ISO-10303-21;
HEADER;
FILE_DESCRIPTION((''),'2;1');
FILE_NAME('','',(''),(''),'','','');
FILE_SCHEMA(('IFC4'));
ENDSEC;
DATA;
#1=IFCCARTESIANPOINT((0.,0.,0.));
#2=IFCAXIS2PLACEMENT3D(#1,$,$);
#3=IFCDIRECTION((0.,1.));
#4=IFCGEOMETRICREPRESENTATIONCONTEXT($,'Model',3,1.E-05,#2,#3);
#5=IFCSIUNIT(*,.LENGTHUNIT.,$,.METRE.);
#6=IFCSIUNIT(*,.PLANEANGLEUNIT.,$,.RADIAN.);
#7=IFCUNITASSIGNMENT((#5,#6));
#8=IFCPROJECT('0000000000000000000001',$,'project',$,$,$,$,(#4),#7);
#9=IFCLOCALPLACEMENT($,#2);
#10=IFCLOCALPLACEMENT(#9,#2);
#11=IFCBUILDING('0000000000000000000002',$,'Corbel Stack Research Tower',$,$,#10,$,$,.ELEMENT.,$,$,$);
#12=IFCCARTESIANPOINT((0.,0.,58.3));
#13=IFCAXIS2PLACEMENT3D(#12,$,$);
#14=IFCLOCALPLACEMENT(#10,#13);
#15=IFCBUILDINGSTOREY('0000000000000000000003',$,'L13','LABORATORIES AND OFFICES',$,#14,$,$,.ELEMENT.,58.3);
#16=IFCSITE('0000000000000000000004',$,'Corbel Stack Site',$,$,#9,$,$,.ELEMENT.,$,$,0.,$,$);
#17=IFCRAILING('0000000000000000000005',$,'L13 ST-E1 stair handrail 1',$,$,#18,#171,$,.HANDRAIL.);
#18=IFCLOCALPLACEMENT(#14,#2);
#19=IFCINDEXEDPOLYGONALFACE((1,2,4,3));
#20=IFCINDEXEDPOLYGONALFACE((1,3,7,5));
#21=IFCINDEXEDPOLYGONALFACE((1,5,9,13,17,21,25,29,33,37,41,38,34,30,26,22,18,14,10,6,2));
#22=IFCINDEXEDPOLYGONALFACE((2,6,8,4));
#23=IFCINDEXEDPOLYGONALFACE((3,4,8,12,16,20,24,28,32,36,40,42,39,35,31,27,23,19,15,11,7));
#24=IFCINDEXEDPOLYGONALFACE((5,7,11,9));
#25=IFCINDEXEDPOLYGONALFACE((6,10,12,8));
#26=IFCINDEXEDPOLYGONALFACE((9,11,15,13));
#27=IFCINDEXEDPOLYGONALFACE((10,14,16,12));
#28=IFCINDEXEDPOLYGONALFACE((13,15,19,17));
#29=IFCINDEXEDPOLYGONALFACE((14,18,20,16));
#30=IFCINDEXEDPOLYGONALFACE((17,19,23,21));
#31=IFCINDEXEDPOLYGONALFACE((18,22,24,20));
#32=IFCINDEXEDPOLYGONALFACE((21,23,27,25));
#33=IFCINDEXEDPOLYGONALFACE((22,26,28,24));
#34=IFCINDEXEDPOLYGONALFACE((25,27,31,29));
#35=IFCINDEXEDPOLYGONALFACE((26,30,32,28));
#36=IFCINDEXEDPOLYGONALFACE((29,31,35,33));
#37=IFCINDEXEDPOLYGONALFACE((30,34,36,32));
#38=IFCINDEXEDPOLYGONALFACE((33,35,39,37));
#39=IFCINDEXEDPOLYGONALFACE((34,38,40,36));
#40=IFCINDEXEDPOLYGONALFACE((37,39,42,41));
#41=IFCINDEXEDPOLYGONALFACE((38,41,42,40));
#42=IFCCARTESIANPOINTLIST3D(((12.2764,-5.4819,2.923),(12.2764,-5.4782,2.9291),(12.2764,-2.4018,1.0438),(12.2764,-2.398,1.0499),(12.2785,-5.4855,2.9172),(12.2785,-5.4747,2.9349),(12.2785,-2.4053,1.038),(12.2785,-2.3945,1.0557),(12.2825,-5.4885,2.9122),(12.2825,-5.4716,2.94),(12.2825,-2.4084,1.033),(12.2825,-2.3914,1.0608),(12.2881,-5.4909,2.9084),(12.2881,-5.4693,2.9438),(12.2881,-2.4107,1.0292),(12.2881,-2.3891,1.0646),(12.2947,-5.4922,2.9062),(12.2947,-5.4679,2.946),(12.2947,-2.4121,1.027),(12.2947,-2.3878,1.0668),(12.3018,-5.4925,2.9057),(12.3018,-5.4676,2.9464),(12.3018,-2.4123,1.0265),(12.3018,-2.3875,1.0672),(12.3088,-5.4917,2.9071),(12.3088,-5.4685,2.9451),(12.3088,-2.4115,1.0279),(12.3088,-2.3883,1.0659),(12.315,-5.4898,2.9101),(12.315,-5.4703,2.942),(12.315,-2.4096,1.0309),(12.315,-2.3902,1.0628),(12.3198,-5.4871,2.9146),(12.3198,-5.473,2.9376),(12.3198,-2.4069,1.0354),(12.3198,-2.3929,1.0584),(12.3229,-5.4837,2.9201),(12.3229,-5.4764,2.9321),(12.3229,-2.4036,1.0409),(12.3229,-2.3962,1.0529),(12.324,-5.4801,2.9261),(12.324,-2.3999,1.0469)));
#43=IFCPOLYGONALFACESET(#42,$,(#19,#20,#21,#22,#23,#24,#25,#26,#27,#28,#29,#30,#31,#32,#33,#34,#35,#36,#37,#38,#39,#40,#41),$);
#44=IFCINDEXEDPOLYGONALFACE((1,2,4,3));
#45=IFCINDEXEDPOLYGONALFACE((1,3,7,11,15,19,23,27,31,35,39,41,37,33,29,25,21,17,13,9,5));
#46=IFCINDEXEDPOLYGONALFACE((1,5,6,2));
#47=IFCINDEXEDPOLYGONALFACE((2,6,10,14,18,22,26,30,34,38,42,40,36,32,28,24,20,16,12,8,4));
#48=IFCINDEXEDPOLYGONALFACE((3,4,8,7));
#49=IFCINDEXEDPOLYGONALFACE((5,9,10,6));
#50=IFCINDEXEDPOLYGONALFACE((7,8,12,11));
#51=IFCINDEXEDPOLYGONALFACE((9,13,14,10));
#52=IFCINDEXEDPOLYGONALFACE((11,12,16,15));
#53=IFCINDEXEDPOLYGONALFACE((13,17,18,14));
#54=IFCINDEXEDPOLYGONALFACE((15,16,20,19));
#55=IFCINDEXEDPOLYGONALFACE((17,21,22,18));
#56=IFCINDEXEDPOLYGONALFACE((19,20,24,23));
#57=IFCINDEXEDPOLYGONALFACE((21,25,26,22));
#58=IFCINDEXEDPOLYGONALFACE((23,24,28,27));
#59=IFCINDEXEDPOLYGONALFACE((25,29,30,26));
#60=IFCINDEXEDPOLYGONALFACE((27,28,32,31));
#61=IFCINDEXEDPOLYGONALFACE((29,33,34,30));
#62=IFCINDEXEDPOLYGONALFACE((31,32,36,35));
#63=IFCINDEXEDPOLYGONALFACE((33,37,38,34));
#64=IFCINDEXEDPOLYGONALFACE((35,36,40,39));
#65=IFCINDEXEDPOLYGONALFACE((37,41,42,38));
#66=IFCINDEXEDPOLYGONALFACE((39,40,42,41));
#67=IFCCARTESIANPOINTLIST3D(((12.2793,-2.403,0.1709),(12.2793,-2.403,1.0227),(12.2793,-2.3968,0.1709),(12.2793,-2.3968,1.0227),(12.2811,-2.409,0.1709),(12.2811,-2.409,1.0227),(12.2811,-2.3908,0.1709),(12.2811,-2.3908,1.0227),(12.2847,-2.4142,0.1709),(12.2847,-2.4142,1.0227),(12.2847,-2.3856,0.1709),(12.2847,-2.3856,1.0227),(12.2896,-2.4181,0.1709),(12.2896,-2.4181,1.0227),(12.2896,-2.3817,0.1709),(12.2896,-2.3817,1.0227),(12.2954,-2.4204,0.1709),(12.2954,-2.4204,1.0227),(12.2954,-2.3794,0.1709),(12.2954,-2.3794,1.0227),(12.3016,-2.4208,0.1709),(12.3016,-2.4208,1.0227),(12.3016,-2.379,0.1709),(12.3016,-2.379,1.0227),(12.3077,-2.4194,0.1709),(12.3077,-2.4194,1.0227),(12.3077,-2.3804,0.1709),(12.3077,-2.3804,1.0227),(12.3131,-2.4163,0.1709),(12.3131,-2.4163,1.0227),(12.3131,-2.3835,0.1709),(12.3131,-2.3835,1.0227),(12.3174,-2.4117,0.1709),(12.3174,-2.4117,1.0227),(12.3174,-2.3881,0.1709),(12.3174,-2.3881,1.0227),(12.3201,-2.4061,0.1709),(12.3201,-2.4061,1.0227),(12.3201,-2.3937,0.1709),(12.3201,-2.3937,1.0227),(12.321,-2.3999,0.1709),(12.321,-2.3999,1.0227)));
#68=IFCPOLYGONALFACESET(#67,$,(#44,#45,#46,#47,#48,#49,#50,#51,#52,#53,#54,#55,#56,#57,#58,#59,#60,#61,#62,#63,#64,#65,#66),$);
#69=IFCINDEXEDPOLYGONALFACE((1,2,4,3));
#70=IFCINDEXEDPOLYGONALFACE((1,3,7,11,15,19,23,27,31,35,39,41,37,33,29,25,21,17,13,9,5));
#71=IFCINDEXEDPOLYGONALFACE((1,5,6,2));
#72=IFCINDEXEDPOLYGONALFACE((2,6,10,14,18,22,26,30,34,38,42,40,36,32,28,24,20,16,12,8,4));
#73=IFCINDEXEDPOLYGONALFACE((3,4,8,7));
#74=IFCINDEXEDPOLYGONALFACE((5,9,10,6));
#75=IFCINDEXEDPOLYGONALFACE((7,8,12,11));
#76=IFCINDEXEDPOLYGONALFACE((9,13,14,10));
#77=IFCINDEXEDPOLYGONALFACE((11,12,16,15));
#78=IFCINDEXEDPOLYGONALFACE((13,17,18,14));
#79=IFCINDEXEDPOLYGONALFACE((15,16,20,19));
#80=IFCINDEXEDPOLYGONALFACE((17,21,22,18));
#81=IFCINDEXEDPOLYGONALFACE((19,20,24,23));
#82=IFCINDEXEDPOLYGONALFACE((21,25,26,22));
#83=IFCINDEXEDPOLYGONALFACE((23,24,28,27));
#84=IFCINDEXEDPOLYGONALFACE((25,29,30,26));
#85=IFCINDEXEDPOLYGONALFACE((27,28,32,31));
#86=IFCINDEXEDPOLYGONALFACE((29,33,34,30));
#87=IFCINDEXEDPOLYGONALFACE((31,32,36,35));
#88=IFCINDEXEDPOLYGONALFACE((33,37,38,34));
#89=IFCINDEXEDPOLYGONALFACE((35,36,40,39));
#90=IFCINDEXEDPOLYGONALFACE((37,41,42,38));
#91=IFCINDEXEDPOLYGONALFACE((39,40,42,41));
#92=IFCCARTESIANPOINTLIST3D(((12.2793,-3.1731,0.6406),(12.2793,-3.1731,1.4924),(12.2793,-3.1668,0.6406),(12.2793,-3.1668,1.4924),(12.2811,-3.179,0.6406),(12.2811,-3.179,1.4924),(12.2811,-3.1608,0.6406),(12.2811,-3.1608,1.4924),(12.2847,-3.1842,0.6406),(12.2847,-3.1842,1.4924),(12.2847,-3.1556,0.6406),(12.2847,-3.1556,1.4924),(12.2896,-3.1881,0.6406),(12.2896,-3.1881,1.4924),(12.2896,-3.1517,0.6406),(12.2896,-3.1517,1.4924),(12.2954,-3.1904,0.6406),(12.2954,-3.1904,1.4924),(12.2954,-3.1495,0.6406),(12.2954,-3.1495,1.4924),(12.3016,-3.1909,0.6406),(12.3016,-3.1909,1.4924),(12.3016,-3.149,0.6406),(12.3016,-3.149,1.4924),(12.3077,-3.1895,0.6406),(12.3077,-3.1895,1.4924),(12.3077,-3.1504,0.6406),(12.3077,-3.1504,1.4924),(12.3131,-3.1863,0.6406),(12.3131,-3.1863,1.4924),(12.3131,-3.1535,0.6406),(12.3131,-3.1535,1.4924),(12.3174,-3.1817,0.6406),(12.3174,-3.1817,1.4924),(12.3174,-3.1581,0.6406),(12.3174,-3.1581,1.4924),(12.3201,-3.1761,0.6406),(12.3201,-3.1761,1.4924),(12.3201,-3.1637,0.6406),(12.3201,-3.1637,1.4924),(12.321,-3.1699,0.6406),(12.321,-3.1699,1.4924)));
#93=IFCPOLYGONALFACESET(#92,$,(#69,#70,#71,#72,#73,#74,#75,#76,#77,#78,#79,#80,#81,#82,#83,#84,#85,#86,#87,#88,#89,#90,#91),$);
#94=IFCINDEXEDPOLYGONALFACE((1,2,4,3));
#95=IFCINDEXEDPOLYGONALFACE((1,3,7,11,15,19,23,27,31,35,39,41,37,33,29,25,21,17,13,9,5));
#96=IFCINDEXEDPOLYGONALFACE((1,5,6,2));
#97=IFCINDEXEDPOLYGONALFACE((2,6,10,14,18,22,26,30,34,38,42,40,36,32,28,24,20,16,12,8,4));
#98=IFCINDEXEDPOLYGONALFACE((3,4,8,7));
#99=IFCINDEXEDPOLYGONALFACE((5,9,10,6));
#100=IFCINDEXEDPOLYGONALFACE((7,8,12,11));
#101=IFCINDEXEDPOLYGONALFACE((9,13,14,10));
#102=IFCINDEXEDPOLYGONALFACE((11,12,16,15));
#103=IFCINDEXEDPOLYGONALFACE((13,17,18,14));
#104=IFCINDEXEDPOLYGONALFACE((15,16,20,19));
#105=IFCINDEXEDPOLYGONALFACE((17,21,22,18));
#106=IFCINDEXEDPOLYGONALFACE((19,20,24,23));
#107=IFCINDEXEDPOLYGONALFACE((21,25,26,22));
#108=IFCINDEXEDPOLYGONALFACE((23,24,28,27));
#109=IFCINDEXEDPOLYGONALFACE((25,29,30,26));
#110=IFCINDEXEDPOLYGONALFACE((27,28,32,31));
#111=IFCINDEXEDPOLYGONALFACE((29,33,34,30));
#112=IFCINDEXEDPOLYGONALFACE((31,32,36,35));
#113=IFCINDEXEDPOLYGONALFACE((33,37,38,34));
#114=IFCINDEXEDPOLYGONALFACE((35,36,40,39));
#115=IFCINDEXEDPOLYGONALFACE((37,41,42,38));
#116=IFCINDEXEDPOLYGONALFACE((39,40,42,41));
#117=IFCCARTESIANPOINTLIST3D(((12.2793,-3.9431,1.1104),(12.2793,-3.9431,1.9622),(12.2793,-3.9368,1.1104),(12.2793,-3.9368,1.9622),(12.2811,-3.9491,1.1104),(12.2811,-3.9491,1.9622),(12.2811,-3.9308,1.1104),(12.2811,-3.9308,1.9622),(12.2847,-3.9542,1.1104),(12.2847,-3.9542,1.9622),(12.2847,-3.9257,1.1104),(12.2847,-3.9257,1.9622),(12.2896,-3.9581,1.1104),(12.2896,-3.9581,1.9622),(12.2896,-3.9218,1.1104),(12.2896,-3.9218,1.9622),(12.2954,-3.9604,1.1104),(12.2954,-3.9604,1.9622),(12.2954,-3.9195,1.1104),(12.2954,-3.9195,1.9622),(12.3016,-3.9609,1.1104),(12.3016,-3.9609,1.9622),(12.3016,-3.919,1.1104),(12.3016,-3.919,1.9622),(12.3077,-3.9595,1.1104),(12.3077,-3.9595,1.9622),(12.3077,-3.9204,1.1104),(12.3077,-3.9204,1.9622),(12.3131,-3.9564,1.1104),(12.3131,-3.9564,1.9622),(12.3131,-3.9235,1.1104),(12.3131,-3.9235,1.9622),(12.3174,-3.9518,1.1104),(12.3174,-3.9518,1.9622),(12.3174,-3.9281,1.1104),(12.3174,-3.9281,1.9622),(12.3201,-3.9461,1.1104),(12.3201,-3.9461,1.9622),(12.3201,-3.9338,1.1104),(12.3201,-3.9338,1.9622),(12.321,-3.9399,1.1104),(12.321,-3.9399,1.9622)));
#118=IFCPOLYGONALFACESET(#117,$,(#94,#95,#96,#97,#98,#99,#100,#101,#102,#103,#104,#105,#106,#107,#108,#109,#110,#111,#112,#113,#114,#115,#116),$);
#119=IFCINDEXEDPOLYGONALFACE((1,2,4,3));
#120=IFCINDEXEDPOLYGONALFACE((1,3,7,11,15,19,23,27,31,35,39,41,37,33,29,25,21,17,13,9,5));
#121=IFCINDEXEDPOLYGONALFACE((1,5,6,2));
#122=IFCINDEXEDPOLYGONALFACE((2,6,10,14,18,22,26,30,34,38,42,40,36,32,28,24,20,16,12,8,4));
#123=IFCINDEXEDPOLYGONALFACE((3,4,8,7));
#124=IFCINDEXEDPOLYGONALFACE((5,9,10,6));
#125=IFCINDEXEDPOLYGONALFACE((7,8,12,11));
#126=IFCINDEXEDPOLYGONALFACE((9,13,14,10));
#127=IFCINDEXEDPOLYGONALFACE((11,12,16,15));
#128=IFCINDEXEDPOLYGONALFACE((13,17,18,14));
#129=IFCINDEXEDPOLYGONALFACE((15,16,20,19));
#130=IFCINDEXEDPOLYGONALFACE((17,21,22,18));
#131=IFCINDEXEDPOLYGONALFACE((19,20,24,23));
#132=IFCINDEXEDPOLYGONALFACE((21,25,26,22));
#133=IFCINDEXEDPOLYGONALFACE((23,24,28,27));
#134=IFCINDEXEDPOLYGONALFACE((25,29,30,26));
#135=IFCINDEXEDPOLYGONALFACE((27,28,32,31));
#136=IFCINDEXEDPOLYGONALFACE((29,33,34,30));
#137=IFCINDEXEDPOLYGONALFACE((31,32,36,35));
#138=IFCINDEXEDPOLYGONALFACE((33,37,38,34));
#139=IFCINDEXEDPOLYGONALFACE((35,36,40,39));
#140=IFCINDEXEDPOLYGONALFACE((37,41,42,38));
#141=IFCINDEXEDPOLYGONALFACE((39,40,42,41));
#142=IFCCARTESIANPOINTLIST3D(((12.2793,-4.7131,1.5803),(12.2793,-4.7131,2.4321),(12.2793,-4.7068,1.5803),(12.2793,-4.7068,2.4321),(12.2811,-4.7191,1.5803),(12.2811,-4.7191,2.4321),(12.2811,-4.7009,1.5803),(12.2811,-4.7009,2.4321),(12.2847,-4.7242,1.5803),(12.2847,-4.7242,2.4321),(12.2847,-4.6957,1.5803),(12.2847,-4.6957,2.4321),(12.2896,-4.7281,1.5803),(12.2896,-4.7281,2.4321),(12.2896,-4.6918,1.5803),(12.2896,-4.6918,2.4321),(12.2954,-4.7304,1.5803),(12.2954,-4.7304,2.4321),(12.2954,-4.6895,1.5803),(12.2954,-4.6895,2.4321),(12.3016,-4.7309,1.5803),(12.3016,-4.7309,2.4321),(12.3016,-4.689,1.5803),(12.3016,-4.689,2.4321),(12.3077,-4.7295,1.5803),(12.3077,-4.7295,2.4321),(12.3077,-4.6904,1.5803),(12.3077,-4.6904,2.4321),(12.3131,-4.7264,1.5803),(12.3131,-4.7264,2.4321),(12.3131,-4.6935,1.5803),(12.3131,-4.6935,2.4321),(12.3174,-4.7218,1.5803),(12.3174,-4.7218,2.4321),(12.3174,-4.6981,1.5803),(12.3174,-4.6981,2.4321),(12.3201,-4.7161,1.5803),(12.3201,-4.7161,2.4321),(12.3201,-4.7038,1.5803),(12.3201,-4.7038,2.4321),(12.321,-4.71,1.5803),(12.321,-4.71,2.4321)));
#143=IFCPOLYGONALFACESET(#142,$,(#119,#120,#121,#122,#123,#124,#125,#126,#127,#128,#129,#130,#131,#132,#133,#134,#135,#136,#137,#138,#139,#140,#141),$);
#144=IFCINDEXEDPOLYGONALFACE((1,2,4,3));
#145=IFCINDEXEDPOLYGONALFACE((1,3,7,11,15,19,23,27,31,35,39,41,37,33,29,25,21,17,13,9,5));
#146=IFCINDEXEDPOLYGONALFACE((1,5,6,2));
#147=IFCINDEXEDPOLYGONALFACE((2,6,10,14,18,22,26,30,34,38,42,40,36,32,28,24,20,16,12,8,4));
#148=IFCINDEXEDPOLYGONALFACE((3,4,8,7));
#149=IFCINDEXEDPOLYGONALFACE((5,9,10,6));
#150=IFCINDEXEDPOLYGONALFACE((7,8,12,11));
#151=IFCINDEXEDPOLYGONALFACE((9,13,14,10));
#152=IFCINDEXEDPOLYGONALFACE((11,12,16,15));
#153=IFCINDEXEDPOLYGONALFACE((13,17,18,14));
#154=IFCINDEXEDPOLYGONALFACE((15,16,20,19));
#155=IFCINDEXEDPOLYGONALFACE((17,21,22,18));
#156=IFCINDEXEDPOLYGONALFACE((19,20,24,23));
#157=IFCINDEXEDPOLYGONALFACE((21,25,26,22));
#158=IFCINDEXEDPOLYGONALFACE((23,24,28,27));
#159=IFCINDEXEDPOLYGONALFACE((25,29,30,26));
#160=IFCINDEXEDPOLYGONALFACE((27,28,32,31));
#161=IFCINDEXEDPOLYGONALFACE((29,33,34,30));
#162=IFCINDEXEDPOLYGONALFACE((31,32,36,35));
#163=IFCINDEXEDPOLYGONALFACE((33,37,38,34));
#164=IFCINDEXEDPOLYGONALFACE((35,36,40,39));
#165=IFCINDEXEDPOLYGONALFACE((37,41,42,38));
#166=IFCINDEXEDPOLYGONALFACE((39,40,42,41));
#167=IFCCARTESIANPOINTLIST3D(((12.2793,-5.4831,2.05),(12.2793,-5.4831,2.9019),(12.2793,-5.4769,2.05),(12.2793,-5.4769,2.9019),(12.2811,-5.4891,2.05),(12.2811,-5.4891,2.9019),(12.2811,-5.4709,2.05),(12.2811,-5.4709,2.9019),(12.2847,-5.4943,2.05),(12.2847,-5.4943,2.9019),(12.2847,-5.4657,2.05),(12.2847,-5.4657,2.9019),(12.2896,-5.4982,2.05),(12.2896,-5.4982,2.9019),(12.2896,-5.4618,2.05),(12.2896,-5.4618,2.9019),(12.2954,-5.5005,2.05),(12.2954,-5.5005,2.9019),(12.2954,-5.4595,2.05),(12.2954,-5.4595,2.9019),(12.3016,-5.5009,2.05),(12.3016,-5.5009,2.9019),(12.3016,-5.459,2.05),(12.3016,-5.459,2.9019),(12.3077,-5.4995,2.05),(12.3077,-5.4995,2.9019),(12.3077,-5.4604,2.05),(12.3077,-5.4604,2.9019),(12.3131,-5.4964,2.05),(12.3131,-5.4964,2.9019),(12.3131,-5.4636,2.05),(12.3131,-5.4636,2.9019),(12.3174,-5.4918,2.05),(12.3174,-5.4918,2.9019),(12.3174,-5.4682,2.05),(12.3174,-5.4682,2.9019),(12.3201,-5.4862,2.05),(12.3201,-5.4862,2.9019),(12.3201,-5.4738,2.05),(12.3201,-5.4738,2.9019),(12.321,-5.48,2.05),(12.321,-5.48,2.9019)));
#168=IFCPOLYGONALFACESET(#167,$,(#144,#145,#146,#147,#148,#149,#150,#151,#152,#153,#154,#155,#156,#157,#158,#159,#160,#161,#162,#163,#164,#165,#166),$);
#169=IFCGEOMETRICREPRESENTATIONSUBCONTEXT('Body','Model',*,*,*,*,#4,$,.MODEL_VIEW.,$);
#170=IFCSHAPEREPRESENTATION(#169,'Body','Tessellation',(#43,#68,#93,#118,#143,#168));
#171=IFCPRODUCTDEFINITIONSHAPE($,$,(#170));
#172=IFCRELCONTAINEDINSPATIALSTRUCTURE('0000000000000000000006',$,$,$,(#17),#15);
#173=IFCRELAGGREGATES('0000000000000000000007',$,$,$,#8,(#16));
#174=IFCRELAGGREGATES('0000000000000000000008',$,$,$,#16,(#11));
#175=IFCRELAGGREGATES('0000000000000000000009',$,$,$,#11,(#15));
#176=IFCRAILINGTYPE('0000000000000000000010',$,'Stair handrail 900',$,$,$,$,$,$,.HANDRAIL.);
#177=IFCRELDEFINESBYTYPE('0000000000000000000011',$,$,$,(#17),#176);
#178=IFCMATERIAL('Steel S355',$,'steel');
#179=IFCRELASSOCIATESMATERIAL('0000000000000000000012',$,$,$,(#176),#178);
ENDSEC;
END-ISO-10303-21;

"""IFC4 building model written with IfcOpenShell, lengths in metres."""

from ifc_helpers import new_model, si_unit, direction, frame, origin, origin_2d, place, context, subcontext, project, spatial, circle, extrude, material, type_object, element, save


model = new_model("IFC4")

# Units and contexts
model_context = context("Model", 3, precision=1e-05, world=origin(), true_north=direction((0.0, 1.0)))
body_context = subcontext(model_context, "Body", "Model", "MODEL_VIEW")
ifc_project = project(units=[si_unit("LENGTHUNIT", "METRE"), si_unit("PLANEANGLEUNIT", "RADIAN")], contexts=[model_context])

# Site, building, storey
site_placement = place(None, origin())
site = spatial("IfcSite", under=ifc_project, at=site_placement, Name="Corbel Stack Site", CompositionType="ELEMENT", RefElevation=0.0)
building_placement = place(site_placement, origin())
building = spatial("IfcBuilding", under=site, at=building_placement, Name="Corbel Stack Research Tower", CompositionType="ELEMENT")
storey_placement = place(building_placement, frame((0.0, 0.0, 58.3)))
storey = spatial("IfcBuildingStorey", under=building, at=storey_placement, Name="L13", Description="LABORATORIES AND OFFICES", CompositionType="ELEMENT", Elevation=58.3)

# Railing
ifc_material_1 = material(Name="Steel S355", Category="steel")
railing_type_1 = type_object("IfcRailingType", Name="Stair handrail 900", PredefinedType="HANDRAIL", material=ifc_material_1)
railing_1_placement = place(storey_placement, frame((12.3, -2.3999, 0.1709)))
element("IfcRailing", 1, at=railing_1_placement, inside=storey, type_object=railing_type_1, Name="L13 ST-E1 stair handrail 1", PredefinedType="HANDRAIL", context=body_context, shape_type="SweptSolid", body=[
    extrude(circle(Radius=0.0239, at=origin_2d()), frame((0.0, 0.0, 0.876), z_axis=(0.0, -0.853666, 0.52082), x_axis=(1.0, 0.0, 0.0)), (0.0, 0.0, 1.0), 3.6082),
    extrude(circle(Radius=0.021, at=origin_2d()), origin(), (0.0, 0.0, 1.0), 0.8518),
    extrude(circle(Radius=0.021, at=origin_2d()), frame((0.0, -0.77, 0.4697)), (0.0, 0.0, 1.0), 0.8518),
    extrude(circle(Radius=0.021, at=origin_2d()), frame((0.0, -1.54, 0.9395)), (0.0, 0.0, 1.0), 0.8518),
    extrude(circle(Radius=0.021, at=origin_2d()), frame((0.0, -2.3101, 1.4094)), (0.0, 0.0, 1.0), 0.8518),
    extrude(circle(Radius=0.021, at=origin_2d()), frame((0.0, -3.0801, 1.8792)), (0.0, 0.0, 1.0), 0.8518),
])

save(model, "model.ifc")
